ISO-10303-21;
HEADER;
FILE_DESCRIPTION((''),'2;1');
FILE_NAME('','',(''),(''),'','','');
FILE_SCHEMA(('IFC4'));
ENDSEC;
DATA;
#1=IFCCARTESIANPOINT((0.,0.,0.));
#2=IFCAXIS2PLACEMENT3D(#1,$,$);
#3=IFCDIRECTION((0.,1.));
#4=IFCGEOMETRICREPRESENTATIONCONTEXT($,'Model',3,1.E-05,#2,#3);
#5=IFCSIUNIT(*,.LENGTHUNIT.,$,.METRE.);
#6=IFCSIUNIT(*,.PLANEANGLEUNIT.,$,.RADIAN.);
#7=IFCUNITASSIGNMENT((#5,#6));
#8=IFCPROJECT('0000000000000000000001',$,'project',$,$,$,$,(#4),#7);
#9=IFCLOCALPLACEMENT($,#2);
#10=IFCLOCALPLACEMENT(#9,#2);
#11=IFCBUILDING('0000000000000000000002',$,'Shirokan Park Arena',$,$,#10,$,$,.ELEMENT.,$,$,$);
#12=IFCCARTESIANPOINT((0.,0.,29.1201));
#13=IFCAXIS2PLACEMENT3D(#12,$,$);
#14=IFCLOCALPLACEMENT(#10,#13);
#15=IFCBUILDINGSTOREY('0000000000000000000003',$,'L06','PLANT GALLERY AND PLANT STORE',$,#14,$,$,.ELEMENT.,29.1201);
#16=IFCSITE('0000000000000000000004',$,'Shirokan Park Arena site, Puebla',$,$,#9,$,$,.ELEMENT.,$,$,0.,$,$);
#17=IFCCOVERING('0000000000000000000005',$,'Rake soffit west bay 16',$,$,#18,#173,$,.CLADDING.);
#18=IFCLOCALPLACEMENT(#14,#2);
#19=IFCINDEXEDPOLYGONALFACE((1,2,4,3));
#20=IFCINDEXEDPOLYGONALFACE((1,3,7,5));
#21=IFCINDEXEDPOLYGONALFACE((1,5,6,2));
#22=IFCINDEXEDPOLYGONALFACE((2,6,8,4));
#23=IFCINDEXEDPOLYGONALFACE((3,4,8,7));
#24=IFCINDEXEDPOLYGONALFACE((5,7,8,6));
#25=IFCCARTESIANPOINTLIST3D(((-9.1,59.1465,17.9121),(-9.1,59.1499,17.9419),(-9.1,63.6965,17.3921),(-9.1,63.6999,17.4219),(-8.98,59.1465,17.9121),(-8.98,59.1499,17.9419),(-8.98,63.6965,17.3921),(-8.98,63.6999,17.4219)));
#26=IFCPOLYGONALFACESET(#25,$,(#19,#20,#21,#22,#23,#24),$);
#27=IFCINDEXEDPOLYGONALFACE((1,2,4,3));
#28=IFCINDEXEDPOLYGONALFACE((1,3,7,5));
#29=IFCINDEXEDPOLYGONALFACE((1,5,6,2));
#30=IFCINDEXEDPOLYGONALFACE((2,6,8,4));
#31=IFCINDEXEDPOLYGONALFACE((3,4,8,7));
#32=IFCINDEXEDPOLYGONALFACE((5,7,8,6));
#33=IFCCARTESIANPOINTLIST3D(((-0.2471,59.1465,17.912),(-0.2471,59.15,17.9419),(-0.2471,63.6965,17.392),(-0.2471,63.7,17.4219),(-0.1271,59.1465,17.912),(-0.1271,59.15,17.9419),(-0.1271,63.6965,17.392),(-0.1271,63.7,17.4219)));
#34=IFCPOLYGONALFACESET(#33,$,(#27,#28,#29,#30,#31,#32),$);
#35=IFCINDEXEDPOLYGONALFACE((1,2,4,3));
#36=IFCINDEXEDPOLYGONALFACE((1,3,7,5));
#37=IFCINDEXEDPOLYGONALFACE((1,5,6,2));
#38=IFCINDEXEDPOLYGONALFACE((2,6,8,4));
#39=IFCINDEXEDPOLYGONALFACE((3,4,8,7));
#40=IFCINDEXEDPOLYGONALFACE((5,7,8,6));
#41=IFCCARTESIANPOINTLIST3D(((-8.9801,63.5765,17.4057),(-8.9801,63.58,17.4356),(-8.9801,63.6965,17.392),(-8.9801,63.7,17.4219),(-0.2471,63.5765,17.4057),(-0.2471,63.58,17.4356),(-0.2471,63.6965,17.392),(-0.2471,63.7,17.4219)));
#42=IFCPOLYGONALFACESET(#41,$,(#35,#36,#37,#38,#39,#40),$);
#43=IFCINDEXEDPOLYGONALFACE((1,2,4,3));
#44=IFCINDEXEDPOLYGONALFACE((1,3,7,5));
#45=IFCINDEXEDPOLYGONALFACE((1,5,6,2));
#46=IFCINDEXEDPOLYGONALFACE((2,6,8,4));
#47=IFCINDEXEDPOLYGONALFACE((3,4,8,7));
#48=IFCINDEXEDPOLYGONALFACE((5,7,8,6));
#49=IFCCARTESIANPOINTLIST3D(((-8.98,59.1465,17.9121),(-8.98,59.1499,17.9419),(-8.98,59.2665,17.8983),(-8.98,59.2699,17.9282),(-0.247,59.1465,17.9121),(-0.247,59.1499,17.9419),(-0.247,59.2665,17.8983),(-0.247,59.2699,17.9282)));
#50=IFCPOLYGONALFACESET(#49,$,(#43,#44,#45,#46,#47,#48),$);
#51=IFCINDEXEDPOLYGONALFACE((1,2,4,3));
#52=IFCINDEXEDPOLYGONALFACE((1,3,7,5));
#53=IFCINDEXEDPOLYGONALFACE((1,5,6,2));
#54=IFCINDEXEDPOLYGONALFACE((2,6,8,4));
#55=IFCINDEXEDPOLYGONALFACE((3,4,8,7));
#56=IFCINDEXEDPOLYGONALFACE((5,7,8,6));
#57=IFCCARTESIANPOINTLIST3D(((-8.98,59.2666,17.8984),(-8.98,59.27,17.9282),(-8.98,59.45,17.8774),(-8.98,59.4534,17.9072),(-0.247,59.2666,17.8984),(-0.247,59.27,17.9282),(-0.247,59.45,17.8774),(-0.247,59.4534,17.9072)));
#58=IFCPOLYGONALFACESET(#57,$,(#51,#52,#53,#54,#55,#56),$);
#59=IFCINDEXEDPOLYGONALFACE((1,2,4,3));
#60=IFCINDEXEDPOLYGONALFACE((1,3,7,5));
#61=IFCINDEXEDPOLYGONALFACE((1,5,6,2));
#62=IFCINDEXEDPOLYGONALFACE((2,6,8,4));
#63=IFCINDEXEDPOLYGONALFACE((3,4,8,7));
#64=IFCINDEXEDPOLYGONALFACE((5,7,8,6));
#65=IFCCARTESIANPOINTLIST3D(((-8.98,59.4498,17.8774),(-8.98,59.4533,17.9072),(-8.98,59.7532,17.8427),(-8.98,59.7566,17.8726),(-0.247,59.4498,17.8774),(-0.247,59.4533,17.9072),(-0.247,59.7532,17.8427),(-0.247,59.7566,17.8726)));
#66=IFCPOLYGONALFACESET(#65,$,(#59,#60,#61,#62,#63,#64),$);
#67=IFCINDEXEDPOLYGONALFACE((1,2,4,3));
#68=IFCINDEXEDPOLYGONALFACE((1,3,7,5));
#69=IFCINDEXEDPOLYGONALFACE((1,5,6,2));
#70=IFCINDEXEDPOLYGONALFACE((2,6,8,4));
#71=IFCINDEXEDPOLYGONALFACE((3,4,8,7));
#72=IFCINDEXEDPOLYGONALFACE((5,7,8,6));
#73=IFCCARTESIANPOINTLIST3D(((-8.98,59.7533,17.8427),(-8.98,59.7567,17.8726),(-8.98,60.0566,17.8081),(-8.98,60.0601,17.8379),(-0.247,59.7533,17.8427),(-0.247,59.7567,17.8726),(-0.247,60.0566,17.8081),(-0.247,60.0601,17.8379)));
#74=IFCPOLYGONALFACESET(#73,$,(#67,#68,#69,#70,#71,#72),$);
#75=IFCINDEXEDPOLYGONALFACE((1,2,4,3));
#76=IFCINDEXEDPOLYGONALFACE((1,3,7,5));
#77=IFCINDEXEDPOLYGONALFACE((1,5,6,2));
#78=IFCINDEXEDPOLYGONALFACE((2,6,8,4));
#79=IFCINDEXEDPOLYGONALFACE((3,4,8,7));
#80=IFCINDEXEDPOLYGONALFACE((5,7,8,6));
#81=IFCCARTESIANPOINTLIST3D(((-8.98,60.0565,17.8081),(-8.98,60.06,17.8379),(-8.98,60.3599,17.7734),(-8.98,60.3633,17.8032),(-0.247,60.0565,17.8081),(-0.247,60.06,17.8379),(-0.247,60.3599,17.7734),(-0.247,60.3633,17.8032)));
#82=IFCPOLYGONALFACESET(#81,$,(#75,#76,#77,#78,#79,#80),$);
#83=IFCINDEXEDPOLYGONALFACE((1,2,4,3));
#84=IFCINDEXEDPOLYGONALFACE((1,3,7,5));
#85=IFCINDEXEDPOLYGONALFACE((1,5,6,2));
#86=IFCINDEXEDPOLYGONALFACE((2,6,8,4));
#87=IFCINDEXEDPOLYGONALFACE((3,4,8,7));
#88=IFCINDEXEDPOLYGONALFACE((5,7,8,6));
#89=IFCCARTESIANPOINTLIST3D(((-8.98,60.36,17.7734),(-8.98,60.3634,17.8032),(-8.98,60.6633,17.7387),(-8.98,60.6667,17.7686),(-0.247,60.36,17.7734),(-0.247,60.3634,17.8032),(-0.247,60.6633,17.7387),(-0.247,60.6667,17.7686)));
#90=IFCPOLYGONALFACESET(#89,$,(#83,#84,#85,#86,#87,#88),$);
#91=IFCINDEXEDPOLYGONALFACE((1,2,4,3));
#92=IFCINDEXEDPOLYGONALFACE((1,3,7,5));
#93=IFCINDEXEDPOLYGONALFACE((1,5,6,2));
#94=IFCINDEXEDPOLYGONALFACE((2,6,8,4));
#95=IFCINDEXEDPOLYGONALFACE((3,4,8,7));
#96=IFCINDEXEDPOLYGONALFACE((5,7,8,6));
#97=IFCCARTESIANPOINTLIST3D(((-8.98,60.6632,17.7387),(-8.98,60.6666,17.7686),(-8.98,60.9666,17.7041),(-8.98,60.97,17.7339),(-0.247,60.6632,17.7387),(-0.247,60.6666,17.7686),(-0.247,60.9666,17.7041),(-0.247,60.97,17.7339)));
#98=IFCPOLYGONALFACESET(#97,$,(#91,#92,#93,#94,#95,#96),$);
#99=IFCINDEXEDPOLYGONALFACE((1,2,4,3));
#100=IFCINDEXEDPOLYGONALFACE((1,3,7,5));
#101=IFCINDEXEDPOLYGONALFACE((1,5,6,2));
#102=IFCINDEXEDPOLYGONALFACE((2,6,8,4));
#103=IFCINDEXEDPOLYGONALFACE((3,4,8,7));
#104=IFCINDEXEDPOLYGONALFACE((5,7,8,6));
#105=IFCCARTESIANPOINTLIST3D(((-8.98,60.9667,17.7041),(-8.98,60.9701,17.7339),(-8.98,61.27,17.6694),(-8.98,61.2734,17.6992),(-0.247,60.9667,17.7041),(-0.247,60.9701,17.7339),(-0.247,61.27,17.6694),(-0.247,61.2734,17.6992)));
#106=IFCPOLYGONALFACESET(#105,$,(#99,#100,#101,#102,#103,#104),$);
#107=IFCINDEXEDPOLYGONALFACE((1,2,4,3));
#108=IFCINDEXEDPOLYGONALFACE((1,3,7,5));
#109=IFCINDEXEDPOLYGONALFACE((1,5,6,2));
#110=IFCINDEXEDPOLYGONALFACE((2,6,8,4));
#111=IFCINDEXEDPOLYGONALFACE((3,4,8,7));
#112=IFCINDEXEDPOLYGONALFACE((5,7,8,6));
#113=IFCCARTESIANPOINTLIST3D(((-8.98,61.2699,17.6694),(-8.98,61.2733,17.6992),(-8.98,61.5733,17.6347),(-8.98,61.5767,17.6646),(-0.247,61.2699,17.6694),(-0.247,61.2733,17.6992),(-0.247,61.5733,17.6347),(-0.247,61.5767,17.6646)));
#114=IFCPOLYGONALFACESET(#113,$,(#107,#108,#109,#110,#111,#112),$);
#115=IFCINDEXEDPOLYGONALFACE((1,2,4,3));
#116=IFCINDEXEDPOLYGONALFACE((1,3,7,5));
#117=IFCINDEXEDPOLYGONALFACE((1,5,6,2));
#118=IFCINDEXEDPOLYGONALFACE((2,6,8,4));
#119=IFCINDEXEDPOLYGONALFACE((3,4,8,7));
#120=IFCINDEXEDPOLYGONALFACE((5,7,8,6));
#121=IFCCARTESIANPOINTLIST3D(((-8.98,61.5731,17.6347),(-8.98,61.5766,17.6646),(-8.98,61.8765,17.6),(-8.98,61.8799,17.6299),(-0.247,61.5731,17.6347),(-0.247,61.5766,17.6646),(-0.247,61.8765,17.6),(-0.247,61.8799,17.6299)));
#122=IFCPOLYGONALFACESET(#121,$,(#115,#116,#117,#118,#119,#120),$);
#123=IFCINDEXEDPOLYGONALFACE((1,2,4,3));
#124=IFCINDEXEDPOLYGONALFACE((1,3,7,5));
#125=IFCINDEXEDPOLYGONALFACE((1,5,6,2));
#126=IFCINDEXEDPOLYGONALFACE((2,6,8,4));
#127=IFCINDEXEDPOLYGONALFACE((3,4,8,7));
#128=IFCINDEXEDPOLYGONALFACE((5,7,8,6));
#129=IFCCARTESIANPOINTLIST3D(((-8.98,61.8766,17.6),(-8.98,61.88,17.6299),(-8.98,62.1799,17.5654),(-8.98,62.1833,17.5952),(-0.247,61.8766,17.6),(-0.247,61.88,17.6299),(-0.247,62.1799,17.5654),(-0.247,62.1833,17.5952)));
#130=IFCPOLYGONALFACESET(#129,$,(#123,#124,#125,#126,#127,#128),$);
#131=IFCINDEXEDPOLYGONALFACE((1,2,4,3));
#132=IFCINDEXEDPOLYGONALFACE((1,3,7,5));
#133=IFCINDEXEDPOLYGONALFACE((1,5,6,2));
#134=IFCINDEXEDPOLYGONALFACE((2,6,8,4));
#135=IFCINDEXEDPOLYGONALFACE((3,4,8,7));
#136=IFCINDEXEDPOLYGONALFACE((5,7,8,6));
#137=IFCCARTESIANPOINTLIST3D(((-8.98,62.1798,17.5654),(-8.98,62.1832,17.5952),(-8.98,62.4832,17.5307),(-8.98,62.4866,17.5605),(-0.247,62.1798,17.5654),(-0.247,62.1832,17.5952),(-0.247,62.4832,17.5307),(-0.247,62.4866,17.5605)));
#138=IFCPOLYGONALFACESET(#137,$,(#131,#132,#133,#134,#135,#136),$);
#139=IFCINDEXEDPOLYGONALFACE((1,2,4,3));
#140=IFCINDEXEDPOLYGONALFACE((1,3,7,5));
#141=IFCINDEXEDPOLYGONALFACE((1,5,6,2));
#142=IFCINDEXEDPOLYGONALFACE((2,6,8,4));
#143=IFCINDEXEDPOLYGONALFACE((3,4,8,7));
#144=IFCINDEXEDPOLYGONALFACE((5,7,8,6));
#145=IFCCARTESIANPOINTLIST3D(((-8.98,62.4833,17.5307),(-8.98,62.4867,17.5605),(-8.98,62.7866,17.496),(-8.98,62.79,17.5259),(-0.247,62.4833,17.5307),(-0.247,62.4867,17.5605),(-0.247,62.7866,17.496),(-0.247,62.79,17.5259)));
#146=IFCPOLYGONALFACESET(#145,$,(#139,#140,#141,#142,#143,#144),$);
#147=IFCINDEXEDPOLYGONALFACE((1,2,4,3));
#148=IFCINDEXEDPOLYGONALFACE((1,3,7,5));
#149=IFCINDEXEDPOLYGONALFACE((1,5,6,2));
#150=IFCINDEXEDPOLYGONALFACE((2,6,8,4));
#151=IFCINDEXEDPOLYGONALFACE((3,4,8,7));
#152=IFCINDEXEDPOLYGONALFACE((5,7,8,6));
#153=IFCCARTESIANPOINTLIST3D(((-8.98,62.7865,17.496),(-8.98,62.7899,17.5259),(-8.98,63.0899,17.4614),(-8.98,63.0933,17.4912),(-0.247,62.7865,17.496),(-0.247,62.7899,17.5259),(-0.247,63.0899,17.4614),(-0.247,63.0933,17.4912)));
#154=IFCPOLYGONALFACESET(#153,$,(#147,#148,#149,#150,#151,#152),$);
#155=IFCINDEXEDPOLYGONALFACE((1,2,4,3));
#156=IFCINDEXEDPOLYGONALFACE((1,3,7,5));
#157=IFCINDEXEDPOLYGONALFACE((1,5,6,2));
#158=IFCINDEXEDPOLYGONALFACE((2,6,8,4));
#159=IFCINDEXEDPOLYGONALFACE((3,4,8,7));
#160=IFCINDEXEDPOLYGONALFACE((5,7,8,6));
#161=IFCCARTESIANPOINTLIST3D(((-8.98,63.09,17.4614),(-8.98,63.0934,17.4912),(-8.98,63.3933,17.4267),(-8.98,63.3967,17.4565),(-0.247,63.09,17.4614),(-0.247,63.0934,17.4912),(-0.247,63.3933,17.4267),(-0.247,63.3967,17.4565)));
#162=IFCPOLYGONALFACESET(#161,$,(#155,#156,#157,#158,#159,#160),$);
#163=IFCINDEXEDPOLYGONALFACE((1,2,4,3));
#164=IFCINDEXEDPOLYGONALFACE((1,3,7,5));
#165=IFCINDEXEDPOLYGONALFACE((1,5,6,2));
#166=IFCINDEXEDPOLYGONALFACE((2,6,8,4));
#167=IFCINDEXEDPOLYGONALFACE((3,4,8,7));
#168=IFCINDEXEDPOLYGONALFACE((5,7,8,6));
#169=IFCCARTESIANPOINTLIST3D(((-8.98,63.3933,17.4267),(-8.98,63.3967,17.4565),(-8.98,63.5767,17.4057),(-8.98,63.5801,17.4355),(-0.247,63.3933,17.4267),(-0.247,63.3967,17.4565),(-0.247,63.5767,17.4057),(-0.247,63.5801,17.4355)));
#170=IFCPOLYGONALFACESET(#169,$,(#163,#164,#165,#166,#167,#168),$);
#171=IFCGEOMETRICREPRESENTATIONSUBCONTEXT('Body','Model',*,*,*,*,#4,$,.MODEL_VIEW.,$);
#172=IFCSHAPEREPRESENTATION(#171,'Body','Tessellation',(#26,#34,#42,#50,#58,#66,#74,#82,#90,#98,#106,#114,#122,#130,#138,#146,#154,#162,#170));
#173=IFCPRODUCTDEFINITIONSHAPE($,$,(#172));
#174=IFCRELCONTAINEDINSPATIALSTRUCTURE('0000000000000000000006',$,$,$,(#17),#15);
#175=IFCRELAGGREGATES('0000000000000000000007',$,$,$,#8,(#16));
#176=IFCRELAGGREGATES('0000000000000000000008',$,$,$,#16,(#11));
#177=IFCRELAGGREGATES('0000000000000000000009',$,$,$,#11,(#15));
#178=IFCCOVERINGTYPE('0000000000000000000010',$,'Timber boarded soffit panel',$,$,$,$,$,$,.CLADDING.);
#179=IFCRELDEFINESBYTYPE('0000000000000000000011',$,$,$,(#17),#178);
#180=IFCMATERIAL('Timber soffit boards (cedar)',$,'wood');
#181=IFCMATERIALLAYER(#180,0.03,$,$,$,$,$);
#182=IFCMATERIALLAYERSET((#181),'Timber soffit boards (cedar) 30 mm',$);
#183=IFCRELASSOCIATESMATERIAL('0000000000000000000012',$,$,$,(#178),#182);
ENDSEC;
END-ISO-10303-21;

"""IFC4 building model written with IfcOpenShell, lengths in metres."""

from ifc_helpers import new_model, si_unit, direction, frame, origin, place, context, subcontext, project, spatial, polyline, outline, extrude, material, layer, layer_set, type_object, element, save


model = new_model("IFC4")

# Units and contexts
model_context = context("Model", 3, precision=1e-05, world=origin(), true_north=direction((0.0, 1.0)))
body_context = subcontext(model_context, "Body", "Model", "MODEL_VIEW")
ifc_project = project(units=[si_unit("LENGTHUNIT", "METRE"), si_unit("PLANEANGLEUNIT", "RADIAN")], contexts=[model_context])

# Site, building, storey
site_placement = place(None, origin())
site = spatial("IfcSite", under=ifc_project, at=site_placement, Name="Shirokan Park Arena site, Puebla", CompositionType="ELEMENT", RefElevation=0.0)
building_placement = place(site_placement, origin())
building = spatial("IfcBuilding", under=site, at=building_placement, Name="Shirokan Park Arena", CompositionType="ELEMENT")
storey_placement = place(building_placement, frame((0.0, 0.0, 29.1201)))
storey = spatial("IfcBuildingStorey", under=building, at=storey_placement, Name="L06", Description="PLANT GALLERY AND PLANT STORE", CompositionType="ELEMENT", Elevation=29.1201)

# Covering
ifc_material = material(Name="Timber soffit boards (cedar)", Category="wood")
ifc_layer = layer(ifc_material, 0.03)
ifc_layer_set = layer_set([ifc_layer], Name="Timber soffit boards (cedar) 30 mm")
covering_type = type_object("IfcCoveringType", Name="Timber boarded soffit panel", PredefinedType="CLADDING", material=ifc_layer_set)
covering_1_placement = place(storey_placement, origin())
element("IfcCovering", 1, at=covering_1_placement, inside=storey, type_object=covering_type, Name="Rake soffit west bay 16", PredefinedType="CLADDING", context=body_context, shape_type="SweptSolid", body=[
    extrude(outline(polyline([(0.0, 0.0), (0.12, 0.0), (0.12, -4.5796), (0.0, -4.5796), (0.0, 0.0)])), frame((-8.98, 59.1499, 17.9419), z_axis=(0.0, 0.113547, 0.993533), x_axis=(-1.0, 0.0, 0.0)), (0.0, 0.0, -1.0), 0.03),
    extrude(outline(polyline([(0.0, 0.0), (0.12, 0.0), (0.12, -4.5796), (0.0, -4.5796), (0.0, 0.0)])), frame((-0.2471, 63.7, 17.4219), z_axis=(0.0, 0.113547, 0.993533), x_axis=(1.0, 0.0, 0.0)), (0.0, 0.0, -1.0), 0.03),
    extrude(outline(polyline([(0.0, 0.0), (0.1208, 0.0), (0.1208, -8.733), (0.0, -8.733), (0.0, 0.0)])), frame((-0.2471, 63.7, 17.4219), z_axis=(0.0, 0.113512, 0.993537), x_axis=(0.0, -0.993537, 0.113512)), (0.0, 0.0, -1.0), 0.03),
    extrude(outline(polyline([(0.0, 0.0), (0.1208, 0.0), (0.1208, -8.733), (0.0, -8.733), (0.0, 0.0)])), frame((-8.98, 59.1499, 17.9419), z_axis=(0.0, 0.113512, 0.993537), x_axis=(0.0, 0.993537, -0.113512)), (0.0, 0.0, -1.0), 0.03),
    extrude(outline(polyline([(0.0, 0.0), (8.733, 0.0), (8.733, -0.1845), (0.0, -0.1845), (0.0, 0.0)])), frame((-8.98, 59.4534, 17.9072), z_axis=(0.0, 0.113589, 0.993528), x_axis=(1.0, 0.0, 0.0)), (0.0, 0.0, -1.0), 0.03),
    extrude(outline(polyline([(0.0, 0.0), (8.733, 0.0), (8.733, -0.3053), (0.0, -0.3053), (0.0, 0.0)])), frame((-8.98, 59.7566, 17.8726), z_axis=(0.0, 0.113523, 0.993535), x_axis=(1.0, 0.0, 0.0)), (0.0, 0.0, -1.0), 0.03),
    extrude(outline(polyline([(0.0, 0.0), (8.733, 0.0), (8.733, -0.3053), (0.0, -0.3053), (0.0, 0.0)])), frame((-8.98, 60.0601, 17.8379), z_axis=(0.0, 0.113559, 0.993531), x_axis=(1.0, 0.0, 0.0)), (0.0, 0.0, -1.0), 0.03),
    extrude(outline(polyline([(0.0, 0.0), (8.733, 0.0), (8.733, -0.3053), (0.0, -0.3053), (0.0, 0.0)])), frame((-8.98, 60.3633, 17.8032), z_axis=(0.0, 0.113559, 0.993531), x_axis=(1.0, 0.0, 0.0)), (0.0, 0.0, -1.0), 0.03),
    extrude(outline(polyline([(0.0, 0.0), (8.733, 0.0), (8.733, -0.3053), (0.0, -0.3053), (0.0, 0.0)])), frame((-8.98, 60.6667, 17.7686), z_axis=(0.0, 0.113523, 0.993535), x_axis=(1.0, 0.0, 0.0)), (0.0, 0.0, -1.0), 0.03),
    extrude(outline(polyline([(0.0, 0.0), (8.733, 0.0), (8.733, -0.3053), (0.0, -0.3053), (0.0, 0.0)])), frame((-8.98, 60.97, 17.7339), z_axis=(0.0, 0.113559, 0.993531), x_axis=(1.0, 0.0, 0.0)), (0.0, 0.0, -1.0), 0.03),
    extrude(outline(polyline([(0.0, 0.0), (8.733, 0.0), (8.733, -0.3053), (0.0, -0.3053), (0.0, 0.0)])), frame((-8.98, 61.2734, 17.6992), z_axis=(0.0, 0.113559, 0.993531), x_axis=(1.0, 0.0, 0.0)), (0.0, 0.0, -1.0), 0.03),
    extrude(outline(polyline([(0.0, 0.0), (8.733, 0.0), (8.733, -0.3053), (0.0, -0.3053), (0.0, 0.0)])), frame((-8.98, 61.5767, 17.6646), z_axis=(0.0, 0.113523, 0.993535), x_axis=(1.0, 0.0, 0.0)), (0.0, 0.0, -1.0), 0.03),
    extrude(outline(polyline([(0.0, 0.0), (8.733, 0.0), (8.733, -0.3053), (0.0, -0.3053), (0.0, 0.0)])), frame((-8.98, 61.8799, 17.6299), z_axis=(0.0, 0.113559, 0.993531), x_axis=(1.0, 0.0, 0.0)), (0.0, 0.0, -1.0), 0.03),
    extrude(outline(polyline([(0.0, 0.0), (8.733, 0.0), (8.733, -0.3053), (0.0, -0.3053), (0.0, 0.0)])), frame((-8.98, 62.1833, 17.5952), z_axis=(0.0, 0.113559, 0.993531), x_axis=(1.0, 0.0, 0.0)), (0.0, 0.0, -1.0), 0.03),
    extrude(outline(polyline([(0.0, 0.0), (8.733, 0.0), (8.733, -0.3053), (0.0, -0.3053), (0.0, 0.0)])), frame((-8.98, 62.4866, 17.5605), z_axis=(0.0, 0.113523, 0.993535), x_axis=(1.0, 0.0, 0.0)), (0.0, 0.0, -1.0), 0.03),
    extrude(outline(polyline([(0.0, 0.0), (8.733, 0.0), (8.733, -0.3053), (0.0, -0.3053), (0.0, 0.0)])), frame((-8.98, 62.79, 17.5259), z_axis=(0.0, 0.113559, 0.993531), x_axis=(1.0, 0.0, 0.0)), (0.0, 0.0, -1.0), 0.03),
    extrude(outline(polyline([(0.0, 0.0), (8.733, 0.0), (8.733, -0.3053), (0.0, -0.3053), (0.0, 0.0)])), frame((-8.98, 63.0933, 17.4912), z_axis=(0.0, 0.113559, 0.993531), x_axis=(1.0, 0.0, 0.0)), (0.0, 0.0, -1.0), 0.03),
    extrude(outline(polyline([(0.0, 0.0), (8.733, 0.0), (8.733, -0.3053), (0.0, -0.3053), (0.0, 0.0)])), frame((-8.98, 63.3967, 17.4565), z_axis=(0.0, 0.113523, 0.993535), x_axis=(1.0, 0.0, 0.0)), (0.0, 0.0, -1.0), 0.03),
    extrude(outline(polyline([(0.0, 0.0), (8.733, 0.0), (8.733, -0.1845), (0.0, -0.1845), (0.0, 0.0)])), frame((-8.98, 63.5801, 17.4355), z_axis=(0.0, 0.113589, 0.993528), x_axis=(1.0, 0.0, 0.0)), (0.0, 0.0, -1.0), 0.03),
])

save(model, "model.ifc")
